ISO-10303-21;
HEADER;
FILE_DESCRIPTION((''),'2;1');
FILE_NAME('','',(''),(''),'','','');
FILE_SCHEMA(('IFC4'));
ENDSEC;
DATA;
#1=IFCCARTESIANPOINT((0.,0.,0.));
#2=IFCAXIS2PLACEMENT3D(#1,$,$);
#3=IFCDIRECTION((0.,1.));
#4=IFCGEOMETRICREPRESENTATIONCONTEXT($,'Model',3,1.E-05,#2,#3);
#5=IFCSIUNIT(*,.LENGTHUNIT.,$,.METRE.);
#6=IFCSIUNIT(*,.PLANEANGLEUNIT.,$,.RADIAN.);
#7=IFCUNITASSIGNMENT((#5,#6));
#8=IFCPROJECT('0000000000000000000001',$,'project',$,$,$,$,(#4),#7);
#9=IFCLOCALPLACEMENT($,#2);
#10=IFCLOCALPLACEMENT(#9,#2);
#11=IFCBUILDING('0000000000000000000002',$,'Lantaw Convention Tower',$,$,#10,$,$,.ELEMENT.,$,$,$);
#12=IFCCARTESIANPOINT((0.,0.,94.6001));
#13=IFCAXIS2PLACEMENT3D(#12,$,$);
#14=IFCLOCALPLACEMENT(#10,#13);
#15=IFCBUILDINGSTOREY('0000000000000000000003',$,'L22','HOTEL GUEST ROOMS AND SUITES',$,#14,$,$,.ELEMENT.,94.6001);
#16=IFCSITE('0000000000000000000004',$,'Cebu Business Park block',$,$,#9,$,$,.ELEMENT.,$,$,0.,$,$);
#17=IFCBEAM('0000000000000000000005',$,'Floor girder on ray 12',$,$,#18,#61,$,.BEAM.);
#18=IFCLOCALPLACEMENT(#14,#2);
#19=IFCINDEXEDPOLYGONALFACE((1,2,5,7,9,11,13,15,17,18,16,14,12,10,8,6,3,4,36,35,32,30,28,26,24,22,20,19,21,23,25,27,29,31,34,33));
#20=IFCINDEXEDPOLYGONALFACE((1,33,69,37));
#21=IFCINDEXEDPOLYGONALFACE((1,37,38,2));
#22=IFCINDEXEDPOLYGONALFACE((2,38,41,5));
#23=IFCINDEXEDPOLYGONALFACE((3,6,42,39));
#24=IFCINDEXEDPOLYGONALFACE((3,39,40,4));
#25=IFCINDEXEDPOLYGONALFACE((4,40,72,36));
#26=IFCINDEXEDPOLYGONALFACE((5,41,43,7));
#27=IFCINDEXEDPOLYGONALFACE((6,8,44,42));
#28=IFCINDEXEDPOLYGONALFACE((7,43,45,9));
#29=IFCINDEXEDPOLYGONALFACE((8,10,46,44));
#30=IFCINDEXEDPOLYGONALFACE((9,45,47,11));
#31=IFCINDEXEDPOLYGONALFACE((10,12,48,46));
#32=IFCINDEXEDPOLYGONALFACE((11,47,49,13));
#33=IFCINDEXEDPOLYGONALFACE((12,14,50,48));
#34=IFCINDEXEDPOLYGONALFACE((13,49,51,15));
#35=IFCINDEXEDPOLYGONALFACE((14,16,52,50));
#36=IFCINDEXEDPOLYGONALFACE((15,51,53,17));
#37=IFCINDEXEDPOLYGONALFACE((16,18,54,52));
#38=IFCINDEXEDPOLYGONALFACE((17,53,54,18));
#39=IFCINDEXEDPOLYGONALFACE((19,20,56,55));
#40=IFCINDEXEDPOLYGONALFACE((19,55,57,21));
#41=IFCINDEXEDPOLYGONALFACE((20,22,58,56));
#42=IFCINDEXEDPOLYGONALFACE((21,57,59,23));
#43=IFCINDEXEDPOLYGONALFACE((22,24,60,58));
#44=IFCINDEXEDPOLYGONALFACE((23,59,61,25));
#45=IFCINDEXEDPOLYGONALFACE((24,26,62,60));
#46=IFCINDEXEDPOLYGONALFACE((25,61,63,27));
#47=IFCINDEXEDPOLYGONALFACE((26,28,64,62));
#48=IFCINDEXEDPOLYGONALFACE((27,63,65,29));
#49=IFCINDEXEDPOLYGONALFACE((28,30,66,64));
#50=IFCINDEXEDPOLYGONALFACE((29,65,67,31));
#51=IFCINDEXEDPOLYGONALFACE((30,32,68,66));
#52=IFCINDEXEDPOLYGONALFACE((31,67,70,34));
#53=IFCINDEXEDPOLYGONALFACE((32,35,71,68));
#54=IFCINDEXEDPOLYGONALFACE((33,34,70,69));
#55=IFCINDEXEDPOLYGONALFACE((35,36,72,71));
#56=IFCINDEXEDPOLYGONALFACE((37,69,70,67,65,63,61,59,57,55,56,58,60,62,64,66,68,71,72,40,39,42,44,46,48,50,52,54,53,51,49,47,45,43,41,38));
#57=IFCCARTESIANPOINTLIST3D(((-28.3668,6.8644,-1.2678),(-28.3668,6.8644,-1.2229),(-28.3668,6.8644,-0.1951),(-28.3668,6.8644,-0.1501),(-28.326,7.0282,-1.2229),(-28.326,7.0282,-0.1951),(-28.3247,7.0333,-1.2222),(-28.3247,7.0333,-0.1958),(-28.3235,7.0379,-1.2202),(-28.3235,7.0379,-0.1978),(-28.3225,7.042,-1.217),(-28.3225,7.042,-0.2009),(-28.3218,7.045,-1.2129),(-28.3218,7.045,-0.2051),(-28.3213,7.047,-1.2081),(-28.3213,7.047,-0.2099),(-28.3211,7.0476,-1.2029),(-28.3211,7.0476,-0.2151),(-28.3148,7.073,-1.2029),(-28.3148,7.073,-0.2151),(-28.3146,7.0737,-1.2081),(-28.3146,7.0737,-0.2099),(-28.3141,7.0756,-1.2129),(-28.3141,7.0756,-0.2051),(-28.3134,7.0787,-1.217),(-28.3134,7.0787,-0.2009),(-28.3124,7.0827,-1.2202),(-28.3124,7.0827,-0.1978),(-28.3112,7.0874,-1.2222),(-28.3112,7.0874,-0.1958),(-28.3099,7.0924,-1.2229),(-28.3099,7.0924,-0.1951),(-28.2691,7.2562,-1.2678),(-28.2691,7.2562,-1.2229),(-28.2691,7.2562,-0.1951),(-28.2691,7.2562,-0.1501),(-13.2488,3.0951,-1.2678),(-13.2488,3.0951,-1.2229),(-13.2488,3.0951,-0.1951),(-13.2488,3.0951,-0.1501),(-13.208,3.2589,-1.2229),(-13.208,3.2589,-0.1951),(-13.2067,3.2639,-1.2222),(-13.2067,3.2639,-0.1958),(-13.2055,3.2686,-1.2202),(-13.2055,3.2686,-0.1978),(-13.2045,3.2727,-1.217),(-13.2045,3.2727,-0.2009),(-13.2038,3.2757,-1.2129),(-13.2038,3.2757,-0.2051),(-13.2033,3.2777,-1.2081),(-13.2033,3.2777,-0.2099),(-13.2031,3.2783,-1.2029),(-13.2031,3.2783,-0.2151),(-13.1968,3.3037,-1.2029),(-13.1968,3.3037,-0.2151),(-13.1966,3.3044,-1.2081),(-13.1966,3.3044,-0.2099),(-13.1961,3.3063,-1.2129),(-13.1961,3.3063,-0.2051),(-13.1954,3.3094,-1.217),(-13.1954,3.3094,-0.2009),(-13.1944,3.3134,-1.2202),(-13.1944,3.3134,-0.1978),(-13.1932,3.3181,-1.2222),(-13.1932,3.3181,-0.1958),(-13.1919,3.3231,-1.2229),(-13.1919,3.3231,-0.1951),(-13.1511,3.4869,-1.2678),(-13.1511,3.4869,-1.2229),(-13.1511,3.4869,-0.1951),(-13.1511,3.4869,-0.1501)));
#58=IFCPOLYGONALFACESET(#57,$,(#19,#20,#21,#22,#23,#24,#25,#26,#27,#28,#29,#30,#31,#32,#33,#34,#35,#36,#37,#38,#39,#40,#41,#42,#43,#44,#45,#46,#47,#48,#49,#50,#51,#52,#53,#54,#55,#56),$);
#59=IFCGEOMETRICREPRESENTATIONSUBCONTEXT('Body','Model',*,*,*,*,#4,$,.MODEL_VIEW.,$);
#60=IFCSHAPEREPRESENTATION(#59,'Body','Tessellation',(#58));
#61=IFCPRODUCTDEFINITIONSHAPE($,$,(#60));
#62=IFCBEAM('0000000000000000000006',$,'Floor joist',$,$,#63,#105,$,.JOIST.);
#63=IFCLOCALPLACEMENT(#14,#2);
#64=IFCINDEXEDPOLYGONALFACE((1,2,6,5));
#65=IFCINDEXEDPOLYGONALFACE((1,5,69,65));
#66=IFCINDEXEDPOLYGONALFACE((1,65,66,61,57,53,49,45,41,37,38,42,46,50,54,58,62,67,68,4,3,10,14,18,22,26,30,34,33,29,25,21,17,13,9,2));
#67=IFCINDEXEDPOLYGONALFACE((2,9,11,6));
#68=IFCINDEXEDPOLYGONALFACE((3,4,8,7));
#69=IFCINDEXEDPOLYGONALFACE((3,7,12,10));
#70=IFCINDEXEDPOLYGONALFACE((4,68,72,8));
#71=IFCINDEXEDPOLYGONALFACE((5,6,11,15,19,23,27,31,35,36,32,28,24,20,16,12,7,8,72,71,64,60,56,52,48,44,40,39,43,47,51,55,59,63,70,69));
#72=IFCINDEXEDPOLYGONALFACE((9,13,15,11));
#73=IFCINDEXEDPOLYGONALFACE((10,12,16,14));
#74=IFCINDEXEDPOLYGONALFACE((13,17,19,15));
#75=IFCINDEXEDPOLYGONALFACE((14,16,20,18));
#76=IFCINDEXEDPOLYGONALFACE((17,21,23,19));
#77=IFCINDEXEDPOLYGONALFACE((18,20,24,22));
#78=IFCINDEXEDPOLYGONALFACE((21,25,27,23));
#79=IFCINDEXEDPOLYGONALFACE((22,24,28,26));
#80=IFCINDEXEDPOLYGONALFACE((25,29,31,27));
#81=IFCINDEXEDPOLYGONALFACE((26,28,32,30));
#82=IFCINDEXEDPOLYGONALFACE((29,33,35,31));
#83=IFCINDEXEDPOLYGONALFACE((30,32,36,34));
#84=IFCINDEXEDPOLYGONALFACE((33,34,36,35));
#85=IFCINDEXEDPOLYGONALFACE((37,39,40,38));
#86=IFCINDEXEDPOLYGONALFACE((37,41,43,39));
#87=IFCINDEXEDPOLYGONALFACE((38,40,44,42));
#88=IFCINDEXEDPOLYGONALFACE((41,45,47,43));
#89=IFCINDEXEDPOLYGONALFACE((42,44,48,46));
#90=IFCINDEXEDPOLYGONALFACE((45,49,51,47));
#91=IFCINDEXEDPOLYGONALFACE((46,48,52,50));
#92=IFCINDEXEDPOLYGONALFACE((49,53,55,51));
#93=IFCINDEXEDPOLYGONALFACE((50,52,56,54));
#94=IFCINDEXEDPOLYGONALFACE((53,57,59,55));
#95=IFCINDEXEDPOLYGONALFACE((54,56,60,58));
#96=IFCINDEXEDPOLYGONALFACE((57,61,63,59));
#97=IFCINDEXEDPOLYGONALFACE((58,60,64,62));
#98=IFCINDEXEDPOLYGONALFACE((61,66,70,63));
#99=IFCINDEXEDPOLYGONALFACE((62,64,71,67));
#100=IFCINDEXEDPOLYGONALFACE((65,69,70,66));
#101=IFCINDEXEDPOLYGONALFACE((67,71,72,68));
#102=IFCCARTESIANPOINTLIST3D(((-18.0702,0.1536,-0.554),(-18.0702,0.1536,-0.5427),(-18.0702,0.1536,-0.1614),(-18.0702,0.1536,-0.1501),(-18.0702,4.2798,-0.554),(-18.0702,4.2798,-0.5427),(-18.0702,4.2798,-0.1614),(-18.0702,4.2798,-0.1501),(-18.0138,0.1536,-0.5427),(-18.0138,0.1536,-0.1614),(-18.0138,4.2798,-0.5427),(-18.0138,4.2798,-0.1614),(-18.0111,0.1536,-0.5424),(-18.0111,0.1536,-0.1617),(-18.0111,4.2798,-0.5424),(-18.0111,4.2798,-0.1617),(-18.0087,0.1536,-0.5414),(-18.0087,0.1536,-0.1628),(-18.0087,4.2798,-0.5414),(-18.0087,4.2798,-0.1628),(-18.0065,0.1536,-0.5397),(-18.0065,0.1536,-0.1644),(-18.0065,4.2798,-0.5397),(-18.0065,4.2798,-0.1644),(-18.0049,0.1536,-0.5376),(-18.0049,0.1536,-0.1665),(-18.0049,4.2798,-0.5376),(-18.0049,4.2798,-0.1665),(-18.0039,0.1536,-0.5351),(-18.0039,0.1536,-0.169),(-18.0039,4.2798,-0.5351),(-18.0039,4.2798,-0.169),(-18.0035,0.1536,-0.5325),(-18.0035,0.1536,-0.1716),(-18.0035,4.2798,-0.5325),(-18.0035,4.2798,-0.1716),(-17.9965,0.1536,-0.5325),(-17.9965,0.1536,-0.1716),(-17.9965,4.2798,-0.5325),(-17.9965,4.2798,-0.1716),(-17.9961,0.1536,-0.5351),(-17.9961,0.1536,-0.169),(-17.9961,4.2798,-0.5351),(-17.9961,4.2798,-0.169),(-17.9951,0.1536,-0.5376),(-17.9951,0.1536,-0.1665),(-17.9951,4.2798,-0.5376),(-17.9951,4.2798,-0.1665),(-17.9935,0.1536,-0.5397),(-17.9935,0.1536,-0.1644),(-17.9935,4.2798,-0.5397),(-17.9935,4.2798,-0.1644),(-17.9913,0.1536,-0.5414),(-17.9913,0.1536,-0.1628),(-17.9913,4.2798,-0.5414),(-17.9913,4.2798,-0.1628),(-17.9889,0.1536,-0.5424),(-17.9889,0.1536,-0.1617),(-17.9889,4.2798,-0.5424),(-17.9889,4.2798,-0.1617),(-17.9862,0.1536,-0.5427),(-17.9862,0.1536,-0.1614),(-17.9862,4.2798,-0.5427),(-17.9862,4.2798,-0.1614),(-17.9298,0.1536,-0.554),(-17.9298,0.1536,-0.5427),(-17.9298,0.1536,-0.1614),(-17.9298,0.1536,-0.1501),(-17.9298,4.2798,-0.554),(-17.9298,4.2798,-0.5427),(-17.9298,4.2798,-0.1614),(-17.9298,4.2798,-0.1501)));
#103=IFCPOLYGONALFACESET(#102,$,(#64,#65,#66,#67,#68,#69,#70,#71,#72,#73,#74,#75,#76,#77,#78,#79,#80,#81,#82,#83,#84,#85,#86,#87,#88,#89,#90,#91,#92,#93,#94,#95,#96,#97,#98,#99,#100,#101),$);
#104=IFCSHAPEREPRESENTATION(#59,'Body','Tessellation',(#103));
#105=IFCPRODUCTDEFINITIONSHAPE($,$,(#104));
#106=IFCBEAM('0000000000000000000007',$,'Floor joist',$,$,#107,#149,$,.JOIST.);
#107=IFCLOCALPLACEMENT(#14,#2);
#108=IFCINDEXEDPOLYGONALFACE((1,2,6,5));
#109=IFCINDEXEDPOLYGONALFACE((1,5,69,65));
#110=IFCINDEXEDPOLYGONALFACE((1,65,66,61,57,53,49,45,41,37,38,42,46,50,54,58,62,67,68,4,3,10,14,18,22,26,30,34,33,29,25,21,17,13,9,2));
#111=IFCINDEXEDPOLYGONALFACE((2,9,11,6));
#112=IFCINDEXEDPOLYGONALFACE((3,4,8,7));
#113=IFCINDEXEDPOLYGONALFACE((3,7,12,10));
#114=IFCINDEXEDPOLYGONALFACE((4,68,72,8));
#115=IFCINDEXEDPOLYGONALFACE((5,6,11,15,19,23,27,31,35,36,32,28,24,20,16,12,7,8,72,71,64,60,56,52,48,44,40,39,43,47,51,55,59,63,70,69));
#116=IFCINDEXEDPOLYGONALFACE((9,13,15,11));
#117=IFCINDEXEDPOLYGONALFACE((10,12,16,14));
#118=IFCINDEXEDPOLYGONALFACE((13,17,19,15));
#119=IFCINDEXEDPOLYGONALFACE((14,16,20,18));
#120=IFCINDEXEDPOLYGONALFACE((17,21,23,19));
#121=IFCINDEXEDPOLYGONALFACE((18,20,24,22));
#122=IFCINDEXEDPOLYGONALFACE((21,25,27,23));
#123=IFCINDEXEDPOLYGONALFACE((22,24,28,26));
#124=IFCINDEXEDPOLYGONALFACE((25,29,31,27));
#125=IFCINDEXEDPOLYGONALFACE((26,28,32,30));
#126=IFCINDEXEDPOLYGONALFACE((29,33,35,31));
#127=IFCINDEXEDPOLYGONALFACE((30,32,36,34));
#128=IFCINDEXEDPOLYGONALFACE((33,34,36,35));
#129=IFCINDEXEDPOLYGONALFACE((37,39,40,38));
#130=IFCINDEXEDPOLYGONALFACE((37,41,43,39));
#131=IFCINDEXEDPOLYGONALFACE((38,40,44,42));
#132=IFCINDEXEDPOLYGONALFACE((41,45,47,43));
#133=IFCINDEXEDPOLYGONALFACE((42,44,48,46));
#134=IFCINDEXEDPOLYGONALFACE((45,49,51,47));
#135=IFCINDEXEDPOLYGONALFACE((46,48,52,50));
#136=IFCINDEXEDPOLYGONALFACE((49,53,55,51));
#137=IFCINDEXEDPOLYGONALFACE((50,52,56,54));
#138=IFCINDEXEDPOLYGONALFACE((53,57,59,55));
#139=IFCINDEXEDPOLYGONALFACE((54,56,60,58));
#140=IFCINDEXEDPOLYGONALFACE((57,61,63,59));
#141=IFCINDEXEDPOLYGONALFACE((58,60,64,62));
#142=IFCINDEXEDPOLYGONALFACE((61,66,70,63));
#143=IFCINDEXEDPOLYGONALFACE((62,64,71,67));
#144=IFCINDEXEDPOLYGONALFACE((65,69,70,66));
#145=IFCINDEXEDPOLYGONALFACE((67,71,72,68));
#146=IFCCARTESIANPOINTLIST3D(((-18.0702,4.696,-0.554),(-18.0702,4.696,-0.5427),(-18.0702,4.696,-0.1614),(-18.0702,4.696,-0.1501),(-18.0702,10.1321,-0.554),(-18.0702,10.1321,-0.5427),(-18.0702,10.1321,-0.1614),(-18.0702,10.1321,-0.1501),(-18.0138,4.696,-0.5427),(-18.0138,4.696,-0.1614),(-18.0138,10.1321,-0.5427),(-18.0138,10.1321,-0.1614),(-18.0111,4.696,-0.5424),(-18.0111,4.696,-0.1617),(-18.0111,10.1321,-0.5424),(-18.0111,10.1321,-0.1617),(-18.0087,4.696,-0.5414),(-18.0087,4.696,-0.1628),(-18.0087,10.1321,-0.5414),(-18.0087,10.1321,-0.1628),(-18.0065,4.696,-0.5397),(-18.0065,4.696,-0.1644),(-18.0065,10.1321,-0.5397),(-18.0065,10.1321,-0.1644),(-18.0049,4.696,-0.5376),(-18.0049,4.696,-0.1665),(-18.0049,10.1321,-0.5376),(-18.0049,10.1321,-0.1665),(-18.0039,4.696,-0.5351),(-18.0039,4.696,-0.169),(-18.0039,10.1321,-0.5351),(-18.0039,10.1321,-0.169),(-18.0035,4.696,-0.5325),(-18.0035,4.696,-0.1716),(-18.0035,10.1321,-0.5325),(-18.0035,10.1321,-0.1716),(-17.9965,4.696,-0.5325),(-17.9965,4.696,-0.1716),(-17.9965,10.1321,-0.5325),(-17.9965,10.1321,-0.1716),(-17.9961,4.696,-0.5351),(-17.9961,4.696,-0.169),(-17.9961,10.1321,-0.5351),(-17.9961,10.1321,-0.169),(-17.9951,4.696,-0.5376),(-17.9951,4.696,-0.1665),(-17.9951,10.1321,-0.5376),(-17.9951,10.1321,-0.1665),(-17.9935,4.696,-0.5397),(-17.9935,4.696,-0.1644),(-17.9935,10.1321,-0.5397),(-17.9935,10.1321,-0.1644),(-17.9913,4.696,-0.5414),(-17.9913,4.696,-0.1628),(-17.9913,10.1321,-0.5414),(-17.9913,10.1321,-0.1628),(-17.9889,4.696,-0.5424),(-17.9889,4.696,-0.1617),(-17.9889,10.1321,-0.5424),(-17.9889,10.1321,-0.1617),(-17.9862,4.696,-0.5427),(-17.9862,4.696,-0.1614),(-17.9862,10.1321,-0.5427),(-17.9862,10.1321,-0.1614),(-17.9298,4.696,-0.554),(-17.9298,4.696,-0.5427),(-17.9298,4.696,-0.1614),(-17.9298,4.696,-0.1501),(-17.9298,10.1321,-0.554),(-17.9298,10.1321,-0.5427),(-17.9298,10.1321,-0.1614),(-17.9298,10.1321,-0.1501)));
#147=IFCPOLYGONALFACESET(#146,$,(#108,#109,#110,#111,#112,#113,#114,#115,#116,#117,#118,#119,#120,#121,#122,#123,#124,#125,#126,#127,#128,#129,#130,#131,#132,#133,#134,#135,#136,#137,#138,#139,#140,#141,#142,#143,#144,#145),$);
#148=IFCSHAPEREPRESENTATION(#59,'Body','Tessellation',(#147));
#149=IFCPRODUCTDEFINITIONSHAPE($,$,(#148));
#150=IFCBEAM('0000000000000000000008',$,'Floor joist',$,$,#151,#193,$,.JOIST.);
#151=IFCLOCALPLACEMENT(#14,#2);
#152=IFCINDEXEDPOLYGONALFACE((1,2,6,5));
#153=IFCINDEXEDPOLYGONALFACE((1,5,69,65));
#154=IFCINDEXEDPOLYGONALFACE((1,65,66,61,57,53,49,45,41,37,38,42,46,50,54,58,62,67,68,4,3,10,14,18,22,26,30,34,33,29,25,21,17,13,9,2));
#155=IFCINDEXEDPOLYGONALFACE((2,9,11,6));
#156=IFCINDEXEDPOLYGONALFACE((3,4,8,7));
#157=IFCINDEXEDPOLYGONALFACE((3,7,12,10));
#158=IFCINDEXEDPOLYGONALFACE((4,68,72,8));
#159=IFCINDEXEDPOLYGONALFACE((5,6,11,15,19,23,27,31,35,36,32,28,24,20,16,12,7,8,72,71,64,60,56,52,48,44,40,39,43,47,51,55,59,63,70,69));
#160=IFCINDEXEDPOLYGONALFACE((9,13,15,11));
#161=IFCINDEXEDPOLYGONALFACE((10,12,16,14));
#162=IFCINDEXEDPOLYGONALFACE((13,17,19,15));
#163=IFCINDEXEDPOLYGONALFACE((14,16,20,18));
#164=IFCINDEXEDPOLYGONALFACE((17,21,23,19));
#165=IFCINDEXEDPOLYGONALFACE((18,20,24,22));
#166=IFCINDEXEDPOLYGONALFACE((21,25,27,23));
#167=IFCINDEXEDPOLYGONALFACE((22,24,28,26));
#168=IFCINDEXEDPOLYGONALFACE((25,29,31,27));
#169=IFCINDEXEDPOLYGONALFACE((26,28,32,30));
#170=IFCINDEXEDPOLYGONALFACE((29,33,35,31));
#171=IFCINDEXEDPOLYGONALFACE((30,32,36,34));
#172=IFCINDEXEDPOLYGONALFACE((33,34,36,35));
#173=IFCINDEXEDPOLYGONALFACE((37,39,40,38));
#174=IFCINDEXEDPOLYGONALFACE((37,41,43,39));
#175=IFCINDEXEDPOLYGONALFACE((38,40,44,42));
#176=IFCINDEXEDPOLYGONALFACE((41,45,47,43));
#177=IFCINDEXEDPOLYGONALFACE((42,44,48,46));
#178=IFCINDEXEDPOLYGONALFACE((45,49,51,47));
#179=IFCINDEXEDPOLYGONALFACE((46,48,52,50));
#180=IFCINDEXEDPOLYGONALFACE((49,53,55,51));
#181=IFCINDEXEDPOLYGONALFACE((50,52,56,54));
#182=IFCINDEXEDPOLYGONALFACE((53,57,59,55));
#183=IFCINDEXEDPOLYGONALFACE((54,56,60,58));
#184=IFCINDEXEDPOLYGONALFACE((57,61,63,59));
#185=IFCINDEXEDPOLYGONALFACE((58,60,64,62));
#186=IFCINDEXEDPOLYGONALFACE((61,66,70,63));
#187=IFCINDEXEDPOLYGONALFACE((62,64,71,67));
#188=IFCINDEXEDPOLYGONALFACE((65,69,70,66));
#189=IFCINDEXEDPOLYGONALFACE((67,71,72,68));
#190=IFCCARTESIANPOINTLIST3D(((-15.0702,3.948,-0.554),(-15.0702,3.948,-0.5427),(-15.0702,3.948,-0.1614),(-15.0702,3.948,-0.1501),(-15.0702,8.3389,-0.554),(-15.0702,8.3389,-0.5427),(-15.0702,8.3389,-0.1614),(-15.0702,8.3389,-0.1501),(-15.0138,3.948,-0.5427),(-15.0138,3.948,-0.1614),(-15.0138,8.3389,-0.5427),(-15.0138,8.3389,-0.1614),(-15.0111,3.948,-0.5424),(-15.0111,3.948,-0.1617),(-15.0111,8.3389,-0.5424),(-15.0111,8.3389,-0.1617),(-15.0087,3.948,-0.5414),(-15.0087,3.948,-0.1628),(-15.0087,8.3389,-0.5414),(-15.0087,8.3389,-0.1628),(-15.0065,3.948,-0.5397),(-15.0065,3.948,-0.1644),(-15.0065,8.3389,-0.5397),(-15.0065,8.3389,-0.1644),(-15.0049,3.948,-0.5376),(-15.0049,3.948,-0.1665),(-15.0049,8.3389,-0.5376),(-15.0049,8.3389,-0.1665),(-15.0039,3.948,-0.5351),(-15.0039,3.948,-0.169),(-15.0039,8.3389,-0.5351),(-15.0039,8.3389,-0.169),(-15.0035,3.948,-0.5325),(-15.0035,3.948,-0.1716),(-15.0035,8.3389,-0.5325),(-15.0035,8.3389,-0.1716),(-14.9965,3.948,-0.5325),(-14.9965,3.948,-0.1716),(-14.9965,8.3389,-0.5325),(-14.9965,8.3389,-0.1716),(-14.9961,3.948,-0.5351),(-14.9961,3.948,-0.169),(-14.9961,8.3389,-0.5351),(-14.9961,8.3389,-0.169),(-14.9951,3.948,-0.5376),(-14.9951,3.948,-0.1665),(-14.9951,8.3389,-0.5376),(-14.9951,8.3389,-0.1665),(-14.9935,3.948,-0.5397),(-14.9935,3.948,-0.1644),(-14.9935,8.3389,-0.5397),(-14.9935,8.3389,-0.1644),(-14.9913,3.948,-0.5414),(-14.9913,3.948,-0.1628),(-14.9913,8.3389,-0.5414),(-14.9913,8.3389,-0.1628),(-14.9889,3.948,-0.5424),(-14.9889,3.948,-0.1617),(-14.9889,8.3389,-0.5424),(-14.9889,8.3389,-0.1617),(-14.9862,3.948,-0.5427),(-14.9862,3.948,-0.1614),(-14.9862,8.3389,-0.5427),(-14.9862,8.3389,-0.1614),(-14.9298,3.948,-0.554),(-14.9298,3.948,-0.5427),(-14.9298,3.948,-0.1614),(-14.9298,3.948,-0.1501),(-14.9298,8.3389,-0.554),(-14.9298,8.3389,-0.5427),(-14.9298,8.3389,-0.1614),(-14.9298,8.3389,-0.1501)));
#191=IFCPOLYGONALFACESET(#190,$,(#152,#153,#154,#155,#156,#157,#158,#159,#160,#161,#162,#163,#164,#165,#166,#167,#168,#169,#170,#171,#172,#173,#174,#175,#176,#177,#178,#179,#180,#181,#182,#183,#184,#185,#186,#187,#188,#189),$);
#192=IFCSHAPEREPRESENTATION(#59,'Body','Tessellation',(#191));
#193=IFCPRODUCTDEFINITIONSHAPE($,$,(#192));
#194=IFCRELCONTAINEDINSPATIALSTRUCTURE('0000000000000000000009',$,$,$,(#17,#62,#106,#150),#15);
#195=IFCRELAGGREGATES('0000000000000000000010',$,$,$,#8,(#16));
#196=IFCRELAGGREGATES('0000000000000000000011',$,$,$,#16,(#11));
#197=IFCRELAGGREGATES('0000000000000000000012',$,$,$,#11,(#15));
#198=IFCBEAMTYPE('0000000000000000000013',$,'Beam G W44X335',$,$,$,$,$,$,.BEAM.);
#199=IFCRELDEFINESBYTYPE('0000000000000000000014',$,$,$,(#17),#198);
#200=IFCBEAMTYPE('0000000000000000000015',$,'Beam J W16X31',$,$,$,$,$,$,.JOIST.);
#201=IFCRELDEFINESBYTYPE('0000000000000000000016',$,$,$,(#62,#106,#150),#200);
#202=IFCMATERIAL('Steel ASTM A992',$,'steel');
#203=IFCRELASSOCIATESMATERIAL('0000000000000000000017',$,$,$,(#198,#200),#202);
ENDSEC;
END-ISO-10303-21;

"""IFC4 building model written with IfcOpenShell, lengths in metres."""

from ifc_helpers import new_model, si_unit, direction, frame, origin, origin_2d, place, context, subcontext, project, spatial, i_section, extrude, material, material_profile, profile_set, type_object, element, save


model = new_model("IFC4")

# Units and contexts
model_context = context("Model", 3, precision=1e-05, world=origin(), true_north=direction((0.0, 1.0)))
body_context = subcontext(model_context, "Body", "Model", "MODEL_VIEW")
ifc_project = project(units=[si_unit("LENGTHUNIT", "METRE"), si_unit("PLANEANGLEUNIT", "RADIAN")], contexts=[model_context])

# Site, building, storey
site_placement = place(None, origin())
site = spatial("IfcSite", under=ifc_project, at=site_placement, Name="Cebu Business Park block", CompositionType="ELEMENT", RefElevation=0.0)
building_placement = place(site_placement, origin())
building = spatial("IfcBuilding", under=site, at=building_placement, Name="Lantaw Convention Tower", CompositionType="ELEMENT")
storey_placement = place(building_placement, frame((0.0, 0.0, 94.6001)))
storey = spatial("IfcBuildingStorey", under=building, at=storey_placement, Name="L22", Description="HOTEL GUEST ROOMS AND SUITES", CompositionType="ELEMENT", Elevation=94.6001)

# Beams
ifc_material_1 = material(Name="Steel ASTM A992", Category="steel")
ifc_material_profile_1 = material_profile(ifc_material_1, i_section(OverallWidth=0.4038, OverallDepth=1.1177, WebThickness=0.0261, FlangeThickness=0.0449, FilletRadius=0.02, at=origin_2d()), Name="W44X335")
ifc_profile_set_1 = profile_set([ifc_material_profile_1], Name="Steel ASTM A992")
beam_type_1 = type_object("IfcBeamType", Name="Beam G W44X335", PredefinedType="BEAM", material=ifc_profile_set_1)
beam_1_placement = place(storey_placement, frame((-13.2, 3.291, -0.709), z_axis=(-0.970296, 0.24192, 0.0), x_axis=(-0.24192, -0.970296, 0.0)))
element("IfcBeam", 1, at=beam_1_placement, inside=storey, type_object=beam_type_1, Name="Floor girder on ray 12", PredefinedType="BEAM", context=body_context, shape_type="SweptSolid", body=[
    extrude(i_section(OverallWidth=0.4038, OverallDepth=1.1177, WebThickness=0.0261, FlangeThickness=0.0449, FilletRadius=0.02, at=origin_2d()), origin(), (0.0, 0.0, 1.0), 15.5808),
])
ifc_material_profile_2 = material_profile(ifc_material_1, i_section(OverallWidth=0.1404, OverallDepth=0.4038, WebThickness=0.0071, FlangeThickness=0.0112, FilletRadius=0.0103, at=origin_2d()), Name="W16X31")
ifc_profile_set_2 = profile_set([ifc_material_profile_2], Name="Steel ASTM A992")
beam_type_2 = type_object("IfcBeamType", Name="Beam J W16X31", PredefinedType="JOIST", material=ifc_profile_set_2)
beam_2_placement = place(storey_placement, frame((-18.0, 0.1536, -0.3521), z_axis=(0.0, 1.0, 0.0), x_axis=(-1.0, 0.0, 0.0)))
element("IfcBeam", 2, at=beam_2_placement, inside=storey, type_object=beam_type_2, Name="Floor joist", PredefinedType="JOIST", context=body_context, shape_type="SweptSolid", body=[
    extrude(i_section(OverallWidth=0.1404, OverallDepth=0.4038, WebThickness=0.0071, FlangeThickness=0.0112, FilletRadius=0.0103, at=origin_2d()), origin(), (0.0, 0.0, 1.0), 4.1262),
])
beam_3_placement = place(storey_placement, frame((-18.0, 4.696, -0.3521), z_axis=(0.0, 1.0, 0.0), x_axis=(-1.0, 0.0, 0.0)))
element("IfcBeam", 3, at=beam_3_placement, inside=storey, type_object=beam_type_2, Name="Floor joist", PredefinedType="JOIST", context=body_context, shape_type="SweptSolid", body=[
    extrude(i_section(OverallWidth=0.1404, OverallDepth=0.4038, WebThickness=0.0071, FlangeThickness=0.0112, FilletRadius=0.0103, at=origin_2d()), origin(), (0.0, 0.0, 1.0), 5.436),
])
beam_4_placement = place(storey_placement, frame((-15.0, 3.948, -0.3521), z_axis=(0.0, 1.0, 0.0), x_axis=(-1.0, 0.0, 0.0)))
element("IfcBeam", 4, at=beam_4_placement, inside=storey, type_object=beam_type_2, Name="Floor joist", PredefinedType="JOIST", context=body_context, shape_type="SweptSolid", body=[
    extrude(i_section(OverallWidth=0.1404, OverallDepth=0.4038, WebThickness=0.0071, FlangeThickness=0.0112, FilletRadius=0.0103, at=origin_2d()), origin(), (0.0, 0.0, 1.0), 4.3909),
])

save(model, "model.ifc")
